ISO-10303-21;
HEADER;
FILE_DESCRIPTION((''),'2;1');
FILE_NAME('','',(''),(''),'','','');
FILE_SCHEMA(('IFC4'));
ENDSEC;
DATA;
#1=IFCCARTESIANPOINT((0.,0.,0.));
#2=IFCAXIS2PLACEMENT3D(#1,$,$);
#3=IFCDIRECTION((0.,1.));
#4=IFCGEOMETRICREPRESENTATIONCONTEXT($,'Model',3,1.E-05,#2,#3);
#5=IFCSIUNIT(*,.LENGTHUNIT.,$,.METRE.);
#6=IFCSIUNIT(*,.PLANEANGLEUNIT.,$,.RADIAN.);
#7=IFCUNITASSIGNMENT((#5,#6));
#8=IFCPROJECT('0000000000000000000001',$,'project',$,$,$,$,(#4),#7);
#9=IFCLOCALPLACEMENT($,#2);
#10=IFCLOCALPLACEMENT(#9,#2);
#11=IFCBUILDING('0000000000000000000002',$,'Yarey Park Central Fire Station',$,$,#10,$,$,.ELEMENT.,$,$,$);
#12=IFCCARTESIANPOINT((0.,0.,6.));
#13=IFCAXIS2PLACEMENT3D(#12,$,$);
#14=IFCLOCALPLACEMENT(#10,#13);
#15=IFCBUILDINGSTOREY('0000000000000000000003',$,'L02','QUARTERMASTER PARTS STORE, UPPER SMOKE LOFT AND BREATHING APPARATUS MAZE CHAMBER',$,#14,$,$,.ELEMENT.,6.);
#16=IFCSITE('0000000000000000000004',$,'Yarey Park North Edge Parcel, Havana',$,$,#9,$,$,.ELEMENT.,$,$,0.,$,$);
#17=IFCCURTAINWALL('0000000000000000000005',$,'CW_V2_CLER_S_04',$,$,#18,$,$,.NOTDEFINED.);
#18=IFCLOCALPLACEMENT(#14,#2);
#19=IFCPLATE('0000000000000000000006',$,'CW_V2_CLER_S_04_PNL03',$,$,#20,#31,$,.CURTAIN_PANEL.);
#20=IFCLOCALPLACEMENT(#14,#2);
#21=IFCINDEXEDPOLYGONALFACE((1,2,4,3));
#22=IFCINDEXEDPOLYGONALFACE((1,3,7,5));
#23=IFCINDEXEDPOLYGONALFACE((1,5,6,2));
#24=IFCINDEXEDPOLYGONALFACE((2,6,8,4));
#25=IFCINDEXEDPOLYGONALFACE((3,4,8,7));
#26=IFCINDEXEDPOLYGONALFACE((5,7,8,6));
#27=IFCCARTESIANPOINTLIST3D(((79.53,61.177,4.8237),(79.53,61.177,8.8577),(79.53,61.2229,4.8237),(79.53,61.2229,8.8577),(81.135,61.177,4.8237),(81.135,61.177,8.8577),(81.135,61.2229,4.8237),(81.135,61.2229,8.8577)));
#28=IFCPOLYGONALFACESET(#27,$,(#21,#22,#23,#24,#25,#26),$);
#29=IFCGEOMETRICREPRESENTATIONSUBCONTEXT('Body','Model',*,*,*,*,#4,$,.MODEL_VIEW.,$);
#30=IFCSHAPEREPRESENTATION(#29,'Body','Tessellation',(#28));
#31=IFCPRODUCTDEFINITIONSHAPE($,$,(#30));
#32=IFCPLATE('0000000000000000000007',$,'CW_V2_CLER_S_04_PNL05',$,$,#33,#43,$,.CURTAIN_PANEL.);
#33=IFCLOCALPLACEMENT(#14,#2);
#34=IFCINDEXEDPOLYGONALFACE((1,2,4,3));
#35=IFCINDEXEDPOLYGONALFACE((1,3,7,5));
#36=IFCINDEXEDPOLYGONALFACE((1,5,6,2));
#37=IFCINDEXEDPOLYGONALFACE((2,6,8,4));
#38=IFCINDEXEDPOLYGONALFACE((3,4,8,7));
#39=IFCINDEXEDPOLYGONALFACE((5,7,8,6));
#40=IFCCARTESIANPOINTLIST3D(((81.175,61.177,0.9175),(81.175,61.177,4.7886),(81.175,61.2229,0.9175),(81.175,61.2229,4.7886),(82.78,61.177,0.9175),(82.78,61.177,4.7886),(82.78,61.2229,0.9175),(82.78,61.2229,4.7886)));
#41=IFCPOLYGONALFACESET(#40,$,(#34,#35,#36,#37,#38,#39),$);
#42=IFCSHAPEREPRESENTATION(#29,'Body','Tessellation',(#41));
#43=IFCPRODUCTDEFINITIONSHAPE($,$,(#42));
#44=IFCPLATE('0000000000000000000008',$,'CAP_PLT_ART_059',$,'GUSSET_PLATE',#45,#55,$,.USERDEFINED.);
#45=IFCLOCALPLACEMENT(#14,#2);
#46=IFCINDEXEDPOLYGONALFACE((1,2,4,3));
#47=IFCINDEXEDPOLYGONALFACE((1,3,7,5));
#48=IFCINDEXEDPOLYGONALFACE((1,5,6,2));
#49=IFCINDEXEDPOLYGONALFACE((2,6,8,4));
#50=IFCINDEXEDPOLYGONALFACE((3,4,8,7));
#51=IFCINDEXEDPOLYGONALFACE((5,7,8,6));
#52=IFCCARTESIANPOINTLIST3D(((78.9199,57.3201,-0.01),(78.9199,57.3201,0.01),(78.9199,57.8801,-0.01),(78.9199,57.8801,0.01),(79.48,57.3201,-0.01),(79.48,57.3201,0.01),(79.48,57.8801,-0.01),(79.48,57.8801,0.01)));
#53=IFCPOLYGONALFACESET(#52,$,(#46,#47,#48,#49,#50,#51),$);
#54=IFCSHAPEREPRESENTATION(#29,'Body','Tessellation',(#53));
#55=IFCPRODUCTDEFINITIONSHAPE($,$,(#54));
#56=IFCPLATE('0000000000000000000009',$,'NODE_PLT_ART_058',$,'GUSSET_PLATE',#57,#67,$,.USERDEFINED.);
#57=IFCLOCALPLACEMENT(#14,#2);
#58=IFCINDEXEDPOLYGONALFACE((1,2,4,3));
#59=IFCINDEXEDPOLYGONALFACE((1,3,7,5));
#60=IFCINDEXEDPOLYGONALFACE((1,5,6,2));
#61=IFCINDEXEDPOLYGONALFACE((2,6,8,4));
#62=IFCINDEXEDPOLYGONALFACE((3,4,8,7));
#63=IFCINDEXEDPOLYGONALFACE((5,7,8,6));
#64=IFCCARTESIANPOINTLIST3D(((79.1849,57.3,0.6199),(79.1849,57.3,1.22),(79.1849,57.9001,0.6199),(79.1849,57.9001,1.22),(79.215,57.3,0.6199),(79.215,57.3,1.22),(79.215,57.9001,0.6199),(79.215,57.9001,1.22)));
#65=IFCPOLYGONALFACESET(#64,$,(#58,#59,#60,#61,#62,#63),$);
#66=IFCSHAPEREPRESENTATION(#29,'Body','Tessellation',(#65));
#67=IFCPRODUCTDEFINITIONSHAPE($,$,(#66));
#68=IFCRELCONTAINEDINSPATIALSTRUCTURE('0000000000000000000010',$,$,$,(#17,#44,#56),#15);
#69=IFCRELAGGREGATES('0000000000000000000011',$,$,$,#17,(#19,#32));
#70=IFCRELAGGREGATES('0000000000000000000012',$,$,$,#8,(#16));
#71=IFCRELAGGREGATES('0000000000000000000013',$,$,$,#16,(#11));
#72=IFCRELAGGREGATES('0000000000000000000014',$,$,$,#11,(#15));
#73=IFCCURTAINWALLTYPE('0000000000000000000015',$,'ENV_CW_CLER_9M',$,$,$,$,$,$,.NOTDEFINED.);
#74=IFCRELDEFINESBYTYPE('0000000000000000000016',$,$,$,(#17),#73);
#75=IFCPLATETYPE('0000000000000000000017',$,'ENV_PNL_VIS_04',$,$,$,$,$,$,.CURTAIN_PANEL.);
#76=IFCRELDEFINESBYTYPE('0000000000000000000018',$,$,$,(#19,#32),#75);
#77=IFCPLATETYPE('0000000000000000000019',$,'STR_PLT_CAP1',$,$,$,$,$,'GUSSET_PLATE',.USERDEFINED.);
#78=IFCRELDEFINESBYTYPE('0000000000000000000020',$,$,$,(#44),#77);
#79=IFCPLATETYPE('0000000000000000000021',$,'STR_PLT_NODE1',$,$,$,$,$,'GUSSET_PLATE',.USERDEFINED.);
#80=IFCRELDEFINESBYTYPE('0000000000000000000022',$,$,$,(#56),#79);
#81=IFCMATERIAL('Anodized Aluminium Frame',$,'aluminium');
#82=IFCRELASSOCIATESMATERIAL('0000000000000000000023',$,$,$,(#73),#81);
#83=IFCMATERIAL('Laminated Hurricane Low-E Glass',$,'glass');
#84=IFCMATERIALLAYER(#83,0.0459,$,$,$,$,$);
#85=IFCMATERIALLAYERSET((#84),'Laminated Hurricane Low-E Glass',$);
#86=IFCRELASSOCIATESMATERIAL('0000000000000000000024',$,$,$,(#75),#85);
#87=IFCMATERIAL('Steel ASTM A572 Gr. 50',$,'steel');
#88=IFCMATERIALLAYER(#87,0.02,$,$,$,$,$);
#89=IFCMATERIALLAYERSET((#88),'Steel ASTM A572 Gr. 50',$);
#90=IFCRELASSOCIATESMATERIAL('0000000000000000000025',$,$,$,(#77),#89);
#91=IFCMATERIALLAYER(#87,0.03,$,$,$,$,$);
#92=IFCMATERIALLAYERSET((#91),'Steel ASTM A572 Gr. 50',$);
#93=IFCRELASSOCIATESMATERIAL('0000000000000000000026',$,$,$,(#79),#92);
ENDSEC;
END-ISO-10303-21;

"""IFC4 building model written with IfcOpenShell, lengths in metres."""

from ifc_helpers import new_model, si_unit, direction, frame, origin, origin_2d, place, context, subcontext, project, spatial, rectangle, extrude, material, layer, layer_set, type_object, element, aggregate, save


model = new_model("IFC4")

# Units and contexts
model_context = context("Model", 3, precision=1e-05, world=origin(), true_north=direction((0.0, 1.0)))
body_context = subcontext(model_context, "Body", "Model", "MODEL_VIEW")
ifc_project = project(units=[si_unit("LENGTHUNIT", "METRE"), si_unit("PLANEANGLEUNIT", "RADIAN")], contexts=[model_context])

# Site, building, storey
site_placement = place(None, origin())
site = spatial("IfcSite", under=ifc_project, at=site_placement, Name="Yarey Park North Edge Parcel, Havana", CompositionType="ELEMENT", RefElevation=0.0)
building_placement = place(site_placement, origin())
building = spatial("IfcBuilding", under=site, at=building_placement, Name="Yarey Park Central Fire Station", CompositionType="ELEMENT")
storey_placement = place(building_placement, frame((0.0, 0.0, 6.0)))
storey = spatial("IfcBuildingStorey", under=building, at=storey_placement, Name="L02", Description="QUARTERMASTER PARTS STORE, UPPER SMOKE LOFT AND BREATHING APPARATUS MAZE CHAMBER", CompositionType="ELEMENT", Elevation=6.0)

# Curtain wall
ifc_material_1 = material(Name="Anodized Aluminium Frame", Category="aluminium")
curtain_wall_type = type_object("IfcCurtainWallType", Name="ENV_CW_CLER_9M", PredefinedType="NOTDEFINED", material=ifc_material_1)
curtain_wall_1_placement = place(storey_placement, origin())
curtain_wall_1 = element("IfcCurtainWall", 1, at=curtain_wall_1_placement, inside=storey, type_object=curtain_wall_type, Name="CW_V2_CLER_S_04", PredefinedType="NOTDEFINED")

# Plates
ifc_material_2 = material(Name="Laminated Hurricane Low-E Glass", Category="glass")
ifc_layer_1 = layer(ifc_material_2, 0.0459)
ifc_layer_set_1 = layer_set([ifc_layer_1], Name="Laminated Hurricane Low-E Glass")
plate_type_1 = type_object("IfcPlateType", Name="ENV_PNL_VIS_04", PredefinedType="CURTAIN_PANEL", material=ifc_layer_set_1)
plate_1_placement = place(storey_placement, frame((80.3325, 61.2, 4.8237), z_axis=(0.0, 0.0, 1.0), x_axis=(1.0, 0.0, 0.0)))
plate_1 = element("IfcPlate", 2, at=plate_1_placement, type_object=plate_type_1, Name="CW_V2_CLER_S_04_PNL03", PredefinedType="CURTAIN_PANEL", context=body_context, shape_type="SweptSolid", body=[
    extrude(rectangle(XDim=1.605, YDim=0.0459, at=origin_2d()), origin(), (0.0, 0.0, 1.0), 4.0339),
])
plate_2_placement = place(storey_placement, frame((81.9775, 61.2, 0.9175), z_axis=(0.0, 0.0, 1.0), x_axis=(1.0, 0.0, 0.0)))
plate_2 = element("IfcPlate", 3, at=plate_2_placement, type_object=plate_type_1, Name="CW_V2_CLER_S_04_PNL05", PredefinedType="CURTAIN_PANEL", context=body_context, shape_type="SweptSolid", body=[
    extrude(rectangle(XDim=1.605, YDim=0.0459, at=origin_2d()), origin(), (0.0, 0.0, 1.0), 3.8711),
])
aggregate(curtain_wall_1, [plate_1, plate_2])

# Plates
ifc_material_3 = material(Name="Steel ASTM A572 Gr. 50", Category="steel")
ifc_layer_2 = layer(ifc_material_3, 0.02)
ifc_layer_set_2 = layer_set([ifc_layer_2], Name="Steel ASTM A572 Gr. 50")
plate_type_2 = type_object("IfcPlateType", Name="STR_PLT_CAP1", ElementType="GUSSET_PLATE", PredefinedType="USERDEFINED", material=ifc_layer_set_2)
plate_3_placement = place(storey_placement, frame((79.2, 57.6001, -0.01), z_axis=(0.0, 0.0, 1.0), x_axis=(1.0, 0.0, 0.0)))
element("IfcPlate", 4, at=plate_3_placement, inside=storey, type_object=plate_type_2, Name="CAP_PLT_ART_059", ObjectType="GUSSET_PLATE", PredefinedType="USERDEFINED", context=body_context, shape_type="SweptSolid", body=[
    extrude(rectangle(XDim=0.5601, YDim=0.5601, at=origin_2d()), origin(), (0.0, 0.0, 1.0), 0.02),
])
ifc_layer_3 = layer(ifc_material_3, 0.03)
ifc_layer_set_3 = layer_set([ifc_layer_3], Name="Steel ASTM A572 Gr. 50")
plate_type_3 = type_object("IfcPlateType", Name="STR_PLT_NODE1", ElementType="GUSSET_PLATE", PredefinedType="USERDEFINED", material=ifc_layer_set_3)
plate_4_placement = place(storey_placement, frame((79.2, 57.6001, 0.6199), z_axis=(0.0, 0.0, 1.0), x_axis=(1.0, 0.0, 0.0)))
element("IfcPlate", 5, at=plate_4_placement, inside=storey, type_object=plate_type_3, Name="NODE_PLT_ART_058", ObjectType="GUSSET_PLATE", PredefinedType="USERDEFINED", context=body_context, shape_type="SweptSolid", body=[
    extrude(rectangle(XDim=0.03, YDim=0.6001, at=origin_2d()), origin(), (0.0, 0.0, 1.0), 0.6001),
])

save(model, "model.ifc")
